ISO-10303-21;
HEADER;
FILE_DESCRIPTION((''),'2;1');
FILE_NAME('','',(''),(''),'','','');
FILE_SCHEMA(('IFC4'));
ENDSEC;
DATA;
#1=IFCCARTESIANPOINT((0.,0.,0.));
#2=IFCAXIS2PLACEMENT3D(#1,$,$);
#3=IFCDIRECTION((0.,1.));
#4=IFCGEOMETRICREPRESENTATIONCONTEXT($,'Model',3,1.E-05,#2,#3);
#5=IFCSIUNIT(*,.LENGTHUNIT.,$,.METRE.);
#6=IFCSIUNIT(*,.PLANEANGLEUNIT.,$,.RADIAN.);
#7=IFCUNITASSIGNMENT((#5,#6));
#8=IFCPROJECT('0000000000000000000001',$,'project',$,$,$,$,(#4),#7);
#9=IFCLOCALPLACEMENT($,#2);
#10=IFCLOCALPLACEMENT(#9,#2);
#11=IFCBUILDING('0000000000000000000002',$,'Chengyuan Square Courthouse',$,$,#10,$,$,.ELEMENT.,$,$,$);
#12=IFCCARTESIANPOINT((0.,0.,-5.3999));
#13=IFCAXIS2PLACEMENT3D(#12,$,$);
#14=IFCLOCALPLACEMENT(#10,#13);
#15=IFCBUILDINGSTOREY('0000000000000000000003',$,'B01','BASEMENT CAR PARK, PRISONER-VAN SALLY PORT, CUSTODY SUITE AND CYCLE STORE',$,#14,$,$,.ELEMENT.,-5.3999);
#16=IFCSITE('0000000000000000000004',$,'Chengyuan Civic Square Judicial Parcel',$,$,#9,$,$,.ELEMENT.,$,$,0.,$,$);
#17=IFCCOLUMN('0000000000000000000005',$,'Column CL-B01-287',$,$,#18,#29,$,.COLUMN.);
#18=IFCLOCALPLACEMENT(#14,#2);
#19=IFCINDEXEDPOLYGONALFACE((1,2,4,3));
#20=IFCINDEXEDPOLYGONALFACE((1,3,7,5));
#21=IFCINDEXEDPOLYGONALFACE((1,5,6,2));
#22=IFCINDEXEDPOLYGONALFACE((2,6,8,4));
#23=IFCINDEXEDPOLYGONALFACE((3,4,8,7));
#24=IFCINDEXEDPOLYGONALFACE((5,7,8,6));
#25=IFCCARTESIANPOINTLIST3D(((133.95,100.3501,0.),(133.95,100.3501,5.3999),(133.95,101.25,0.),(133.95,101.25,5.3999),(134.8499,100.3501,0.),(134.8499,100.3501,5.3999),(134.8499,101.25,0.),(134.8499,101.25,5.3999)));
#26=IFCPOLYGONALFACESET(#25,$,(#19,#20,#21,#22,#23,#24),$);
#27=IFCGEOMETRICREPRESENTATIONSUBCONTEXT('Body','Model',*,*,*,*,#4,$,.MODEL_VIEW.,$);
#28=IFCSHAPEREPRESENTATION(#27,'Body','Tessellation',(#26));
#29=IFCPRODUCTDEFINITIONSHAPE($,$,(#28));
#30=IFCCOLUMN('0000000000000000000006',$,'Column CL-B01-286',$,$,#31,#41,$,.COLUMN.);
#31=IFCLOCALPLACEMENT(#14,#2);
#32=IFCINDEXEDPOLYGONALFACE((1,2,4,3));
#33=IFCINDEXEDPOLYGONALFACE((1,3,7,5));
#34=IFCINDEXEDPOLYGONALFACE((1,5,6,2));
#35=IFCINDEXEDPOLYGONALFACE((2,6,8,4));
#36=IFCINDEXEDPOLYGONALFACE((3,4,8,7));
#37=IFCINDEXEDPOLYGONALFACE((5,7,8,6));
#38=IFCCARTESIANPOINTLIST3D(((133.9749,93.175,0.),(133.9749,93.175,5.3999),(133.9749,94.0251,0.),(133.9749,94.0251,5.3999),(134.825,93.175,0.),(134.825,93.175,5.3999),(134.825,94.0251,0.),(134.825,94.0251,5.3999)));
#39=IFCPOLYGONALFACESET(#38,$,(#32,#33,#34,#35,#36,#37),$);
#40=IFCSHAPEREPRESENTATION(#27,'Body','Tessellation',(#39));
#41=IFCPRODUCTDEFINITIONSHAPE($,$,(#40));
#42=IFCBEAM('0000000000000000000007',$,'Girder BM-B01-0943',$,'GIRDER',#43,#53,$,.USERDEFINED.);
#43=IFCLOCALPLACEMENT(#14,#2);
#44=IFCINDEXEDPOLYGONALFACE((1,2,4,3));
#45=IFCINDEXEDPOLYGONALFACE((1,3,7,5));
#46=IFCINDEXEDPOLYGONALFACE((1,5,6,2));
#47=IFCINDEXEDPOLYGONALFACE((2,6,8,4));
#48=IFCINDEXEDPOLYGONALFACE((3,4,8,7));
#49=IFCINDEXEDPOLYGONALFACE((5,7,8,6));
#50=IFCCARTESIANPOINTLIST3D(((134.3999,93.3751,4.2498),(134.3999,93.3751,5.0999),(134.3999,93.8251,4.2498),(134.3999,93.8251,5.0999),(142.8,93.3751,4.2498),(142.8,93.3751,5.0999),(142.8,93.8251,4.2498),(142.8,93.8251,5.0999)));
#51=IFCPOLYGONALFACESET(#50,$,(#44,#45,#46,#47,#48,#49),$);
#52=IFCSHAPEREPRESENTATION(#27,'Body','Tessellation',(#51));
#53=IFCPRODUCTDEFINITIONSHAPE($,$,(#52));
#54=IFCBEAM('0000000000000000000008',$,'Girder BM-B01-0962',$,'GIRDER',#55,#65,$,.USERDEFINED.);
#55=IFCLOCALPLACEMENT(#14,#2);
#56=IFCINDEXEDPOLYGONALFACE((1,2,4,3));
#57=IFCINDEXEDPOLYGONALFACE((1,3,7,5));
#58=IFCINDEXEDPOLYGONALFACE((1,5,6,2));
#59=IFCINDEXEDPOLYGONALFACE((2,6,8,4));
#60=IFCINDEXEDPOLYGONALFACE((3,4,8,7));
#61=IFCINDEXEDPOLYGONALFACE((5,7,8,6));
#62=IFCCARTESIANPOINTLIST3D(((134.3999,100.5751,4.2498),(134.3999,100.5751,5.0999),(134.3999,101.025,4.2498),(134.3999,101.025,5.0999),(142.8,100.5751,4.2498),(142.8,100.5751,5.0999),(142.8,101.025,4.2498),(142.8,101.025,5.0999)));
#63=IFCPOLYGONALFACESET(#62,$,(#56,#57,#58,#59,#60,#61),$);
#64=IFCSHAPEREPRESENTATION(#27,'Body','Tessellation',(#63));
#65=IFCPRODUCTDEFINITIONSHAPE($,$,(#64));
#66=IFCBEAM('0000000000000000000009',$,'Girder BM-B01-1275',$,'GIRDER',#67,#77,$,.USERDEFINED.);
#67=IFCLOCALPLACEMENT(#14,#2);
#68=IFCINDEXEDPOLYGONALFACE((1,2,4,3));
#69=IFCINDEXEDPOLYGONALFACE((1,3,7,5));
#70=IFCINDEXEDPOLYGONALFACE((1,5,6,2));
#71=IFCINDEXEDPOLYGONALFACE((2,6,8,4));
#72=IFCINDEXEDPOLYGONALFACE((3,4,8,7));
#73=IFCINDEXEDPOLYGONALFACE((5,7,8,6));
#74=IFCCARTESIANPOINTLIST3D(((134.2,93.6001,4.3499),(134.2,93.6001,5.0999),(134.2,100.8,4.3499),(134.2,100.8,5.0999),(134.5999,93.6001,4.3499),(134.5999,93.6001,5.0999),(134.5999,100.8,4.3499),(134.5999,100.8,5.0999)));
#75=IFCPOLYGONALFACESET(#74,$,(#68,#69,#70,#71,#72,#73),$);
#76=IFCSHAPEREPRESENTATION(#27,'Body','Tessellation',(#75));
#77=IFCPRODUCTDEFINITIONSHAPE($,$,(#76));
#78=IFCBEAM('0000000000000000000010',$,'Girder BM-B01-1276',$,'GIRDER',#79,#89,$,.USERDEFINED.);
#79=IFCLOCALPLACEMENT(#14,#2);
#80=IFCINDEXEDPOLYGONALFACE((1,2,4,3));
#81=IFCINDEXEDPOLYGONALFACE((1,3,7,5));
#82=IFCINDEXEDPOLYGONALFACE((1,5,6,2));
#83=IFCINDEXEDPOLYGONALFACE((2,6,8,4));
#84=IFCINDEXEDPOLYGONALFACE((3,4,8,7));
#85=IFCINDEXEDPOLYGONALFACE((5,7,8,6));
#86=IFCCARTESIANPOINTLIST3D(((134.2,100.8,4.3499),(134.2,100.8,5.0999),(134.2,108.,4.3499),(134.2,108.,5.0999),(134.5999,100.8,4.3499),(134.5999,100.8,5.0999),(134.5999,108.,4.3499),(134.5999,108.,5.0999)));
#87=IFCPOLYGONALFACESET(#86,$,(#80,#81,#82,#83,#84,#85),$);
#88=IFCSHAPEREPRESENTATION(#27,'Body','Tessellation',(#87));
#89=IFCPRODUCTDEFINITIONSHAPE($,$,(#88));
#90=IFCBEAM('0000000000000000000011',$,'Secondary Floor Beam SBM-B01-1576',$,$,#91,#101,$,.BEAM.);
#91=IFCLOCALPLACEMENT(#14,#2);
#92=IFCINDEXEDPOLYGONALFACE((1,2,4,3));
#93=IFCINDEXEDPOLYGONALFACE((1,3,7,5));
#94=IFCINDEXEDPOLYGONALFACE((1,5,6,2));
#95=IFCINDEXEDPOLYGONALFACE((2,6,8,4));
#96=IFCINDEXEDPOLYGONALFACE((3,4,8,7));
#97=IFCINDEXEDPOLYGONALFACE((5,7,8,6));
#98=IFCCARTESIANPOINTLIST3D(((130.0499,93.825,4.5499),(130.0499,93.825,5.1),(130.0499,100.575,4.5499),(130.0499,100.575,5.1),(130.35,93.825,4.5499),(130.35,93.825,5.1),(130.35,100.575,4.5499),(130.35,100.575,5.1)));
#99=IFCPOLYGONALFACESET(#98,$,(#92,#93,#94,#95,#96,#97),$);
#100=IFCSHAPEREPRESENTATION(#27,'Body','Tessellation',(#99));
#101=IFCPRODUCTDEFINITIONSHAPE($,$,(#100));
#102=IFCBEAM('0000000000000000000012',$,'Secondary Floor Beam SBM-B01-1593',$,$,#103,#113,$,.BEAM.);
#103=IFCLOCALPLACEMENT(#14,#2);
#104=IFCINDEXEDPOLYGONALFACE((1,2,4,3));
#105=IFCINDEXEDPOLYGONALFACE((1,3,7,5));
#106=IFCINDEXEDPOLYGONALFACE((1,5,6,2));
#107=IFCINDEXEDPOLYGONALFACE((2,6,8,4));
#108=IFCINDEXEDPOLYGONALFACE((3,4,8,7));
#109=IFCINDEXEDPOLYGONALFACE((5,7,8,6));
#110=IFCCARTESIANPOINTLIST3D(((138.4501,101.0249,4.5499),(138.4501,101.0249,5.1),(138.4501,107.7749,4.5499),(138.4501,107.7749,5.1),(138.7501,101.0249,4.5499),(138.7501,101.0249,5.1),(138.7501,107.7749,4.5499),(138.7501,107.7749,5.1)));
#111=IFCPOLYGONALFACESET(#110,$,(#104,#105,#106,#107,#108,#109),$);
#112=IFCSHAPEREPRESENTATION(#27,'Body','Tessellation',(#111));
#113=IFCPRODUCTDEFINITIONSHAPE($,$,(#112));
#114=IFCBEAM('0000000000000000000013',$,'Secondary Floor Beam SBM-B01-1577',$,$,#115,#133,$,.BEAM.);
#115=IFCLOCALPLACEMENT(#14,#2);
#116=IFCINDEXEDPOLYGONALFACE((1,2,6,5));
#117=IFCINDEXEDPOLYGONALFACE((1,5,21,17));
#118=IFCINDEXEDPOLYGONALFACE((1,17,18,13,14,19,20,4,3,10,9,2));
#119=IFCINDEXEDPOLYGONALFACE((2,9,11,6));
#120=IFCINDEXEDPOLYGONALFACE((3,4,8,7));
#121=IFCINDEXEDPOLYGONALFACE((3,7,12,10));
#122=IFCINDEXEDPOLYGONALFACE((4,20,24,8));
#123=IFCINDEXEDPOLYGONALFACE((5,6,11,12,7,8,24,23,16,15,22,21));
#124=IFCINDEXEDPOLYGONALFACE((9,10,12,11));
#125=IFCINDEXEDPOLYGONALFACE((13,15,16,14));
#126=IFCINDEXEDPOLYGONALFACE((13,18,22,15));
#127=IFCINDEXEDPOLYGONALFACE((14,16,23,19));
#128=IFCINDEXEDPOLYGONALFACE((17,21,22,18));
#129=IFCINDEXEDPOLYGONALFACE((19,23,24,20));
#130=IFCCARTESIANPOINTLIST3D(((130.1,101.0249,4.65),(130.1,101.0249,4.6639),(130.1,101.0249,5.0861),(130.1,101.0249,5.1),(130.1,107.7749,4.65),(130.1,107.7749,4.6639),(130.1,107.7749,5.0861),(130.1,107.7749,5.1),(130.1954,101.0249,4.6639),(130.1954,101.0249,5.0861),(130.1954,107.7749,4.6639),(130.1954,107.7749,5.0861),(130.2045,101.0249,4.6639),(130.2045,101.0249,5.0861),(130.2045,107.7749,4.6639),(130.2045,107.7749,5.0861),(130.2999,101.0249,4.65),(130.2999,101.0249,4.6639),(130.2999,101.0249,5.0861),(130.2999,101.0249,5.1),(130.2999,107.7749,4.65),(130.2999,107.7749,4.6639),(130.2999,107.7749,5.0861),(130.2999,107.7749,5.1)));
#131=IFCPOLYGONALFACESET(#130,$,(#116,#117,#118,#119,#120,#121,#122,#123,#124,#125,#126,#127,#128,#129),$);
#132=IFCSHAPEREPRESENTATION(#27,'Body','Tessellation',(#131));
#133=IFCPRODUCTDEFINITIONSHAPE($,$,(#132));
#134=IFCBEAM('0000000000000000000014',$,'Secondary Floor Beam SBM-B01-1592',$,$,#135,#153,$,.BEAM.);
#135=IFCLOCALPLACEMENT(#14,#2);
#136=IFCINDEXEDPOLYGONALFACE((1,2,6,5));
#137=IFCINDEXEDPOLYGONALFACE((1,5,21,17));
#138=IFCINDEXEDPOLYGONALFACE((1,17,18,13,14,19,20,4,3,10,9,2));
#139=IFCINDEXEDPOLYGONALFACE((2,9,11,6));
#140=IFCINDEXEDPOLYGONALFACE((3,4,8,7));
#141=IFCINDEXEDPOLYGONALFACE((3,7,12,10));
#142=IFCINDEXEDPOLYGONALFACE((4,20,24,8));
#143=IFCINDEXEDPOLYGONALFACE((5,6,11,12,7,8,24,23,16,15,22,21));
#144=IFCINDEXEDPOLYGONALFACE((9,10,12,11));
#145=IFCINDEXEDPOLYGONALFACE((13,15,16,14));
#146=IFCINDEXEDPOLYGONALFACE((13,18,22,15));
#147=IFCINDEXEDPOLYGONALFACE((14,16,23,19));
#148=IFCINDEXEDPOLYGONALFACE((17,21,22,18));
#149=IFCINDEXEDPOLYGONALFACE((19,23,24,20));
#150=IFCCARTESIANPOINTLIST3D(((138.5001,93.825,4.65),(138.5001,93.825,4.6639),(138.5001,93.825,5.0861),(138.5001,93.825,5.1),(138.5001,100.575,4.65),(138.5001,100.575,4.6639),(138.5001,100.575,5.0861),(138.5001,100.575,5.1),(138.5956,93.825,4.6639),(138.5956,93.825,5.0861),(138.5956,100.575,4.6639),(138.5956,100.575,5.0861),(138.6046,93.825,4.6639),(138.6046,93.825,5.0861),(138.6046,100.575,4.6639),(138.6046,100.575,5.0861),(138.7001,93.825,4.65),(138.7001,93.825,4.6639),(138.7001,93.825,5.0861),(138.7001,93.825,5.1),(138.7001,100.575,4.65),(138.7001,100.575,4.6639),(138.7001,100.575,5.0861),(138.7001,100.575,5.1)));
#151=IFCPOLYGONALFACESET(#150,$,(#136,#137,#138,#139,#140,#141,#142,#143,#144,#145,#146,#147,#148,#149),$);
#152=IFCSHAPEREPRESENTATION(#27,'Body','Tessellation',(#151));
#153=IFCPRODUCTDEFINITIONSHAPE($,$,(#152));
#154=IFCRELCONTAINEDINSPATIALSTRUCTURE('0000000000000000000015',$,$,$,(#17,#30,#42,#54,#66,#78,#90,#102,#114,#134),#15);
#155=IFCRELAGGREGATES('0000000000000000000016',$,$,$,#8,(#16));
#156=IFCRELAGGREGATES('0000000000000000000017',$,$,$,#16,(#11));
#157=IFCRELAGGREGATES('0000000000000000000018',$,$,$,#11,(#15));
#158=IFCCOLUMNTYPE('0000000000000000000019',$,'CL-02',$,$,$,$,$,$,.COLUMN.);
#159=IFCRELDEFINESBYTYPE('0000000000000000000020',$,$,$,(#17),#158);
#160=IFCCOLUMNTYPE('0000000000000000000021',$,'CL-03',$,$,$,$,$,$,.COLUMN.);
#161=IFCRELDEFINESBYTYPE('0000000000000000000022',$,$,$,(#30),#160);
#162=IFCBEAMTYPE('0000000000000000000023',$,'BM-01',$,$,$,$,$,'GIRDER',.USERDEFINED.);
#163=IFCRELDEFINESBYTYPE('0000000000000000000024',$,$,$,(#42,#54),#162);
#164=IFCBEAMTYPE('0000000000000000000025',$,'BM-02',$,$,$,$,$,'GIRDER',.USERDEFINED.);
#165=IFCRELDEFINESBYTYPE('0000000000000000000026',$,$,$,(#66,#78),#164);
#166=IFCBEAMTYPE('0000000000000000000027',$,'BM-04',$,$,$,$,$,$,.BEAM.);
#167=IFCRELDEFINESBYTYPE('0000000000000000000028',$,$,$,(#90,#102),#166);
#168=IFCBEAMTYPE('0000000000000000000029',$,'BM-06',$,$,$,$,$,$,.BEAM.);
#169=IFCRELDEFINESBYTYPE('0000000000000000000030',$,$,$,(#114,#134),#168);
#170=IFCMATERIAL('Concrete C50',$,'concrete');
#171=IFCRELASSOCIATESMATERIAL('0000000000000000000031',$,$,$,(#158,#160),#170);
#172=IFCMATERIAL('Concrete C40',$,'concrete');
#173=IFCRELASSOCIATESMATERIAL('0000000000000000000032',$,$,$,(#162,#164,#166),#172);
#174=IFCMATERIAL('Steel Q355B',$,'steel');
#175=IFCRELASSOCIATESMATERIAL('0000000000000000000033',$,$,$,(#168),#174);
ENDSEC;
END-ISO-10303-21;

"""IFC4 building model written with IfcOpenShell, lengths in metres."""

from ifc_helpers import new_model, si_unit, direction, frame, origin, origin_2d, place, context, subcontext, project, spatial, rectangle, i_section, extrude, material, material_profile, profile_set, type_object, element, save


model = new_model("IFC4")

# Units and contexts
model_context = context("Model", 3, precision=1e-05, world=origin(), true_north=direction((0.0, 1.0)))
body_context = subcontext(model_context, "Body", "Model", "MODEL_VIEW")
ifc_project = project(units=[si_unit("LENGTHUNIT", "METRE"), si_unit("PLANEANGLEUNIT", "RADIAN")], contexts=[model_context])

# Site, building, storey
site_placement = place(None, origin())
site = spatial("IfcSite", under=ifc_project, at=site_placement, Name="Chengyuan Civic Square Judicial Parcel", CompositionType="ELEMENT", RefElevation=0.0)
building_placement = place(site_placement, origin())
building = spatial("IfcBuilding", under=site, at=building_placement, Name="Chengyuan Square Courthouse", CompositionType="ELEMENT")
storey_placement = place(building_placement, frame((0.0, 0.0, -5.3999)))
storey = spatial("IfcBuildingStorey", under=building, at=storey_placement, Name="B01", Description="BASEMENT CAR PARK, PRISONER-VAN SALLY PORT, CUSTODY SUITE AND CYCLE STORE", CompositionType="ELEMENT", Elevation=-5.3999)

# Columns
ifc_material_1 = material(Name="Concrete C50", Category="concrete")
ifc_material_profile_1 = material_profile(ifc_material_1, rectangle(XDim=0.8999, YDim=0.8999, at=origin_2d()), Name="RC-COL-900x900")
ifc_profile_set_1 = profile_set([ifc_material_profile_1], Name="Concrete C50")
column_type_1 = type_object("IfcColumnType", Name="CL-02", PredefinedType="COLUMN", material=ifc_profile_set_1)
column_1_placement = place(storey_placement, frame((134.3999, 100.8, 0.0), z_axis=(0.0, 0.0, 1.0), x_axis=(1.0, 0.0, 0.0)))
element("IfcColumn", 1, at=column_1_placement, inside=storey, type_object=column_type_1, Name="Column CL-B01-287", PredefinedType="COLUMN", context=body_context, shape_type="SweptSolid", body=[
    extrude(rectangle(XDim=0.8999, YDim=0.8999, at=origin_2d()), origin(), (0.0, 0.0, 1.0), 5.3999),
])
ifc_material_profile_2 = material_profile(ifc_material_1, rectangle(XDim=0.8501, YDim=0.8501, at=origin_2d()), Name="RC-COL-850x850")
ifc_profile_set_2 = profile_set([ifc_material_profile_2], Name="Concrete C50")
column_type_2 = type_object("IfcColumnType", Name="CL-03", PredefinedType="COLUMN", material=ifc_profile_set_2)
column_2_placement = place(storey_placement, frame((134.3999, 93.6001, 0.0), z_axis=(0.0, 0.0, 1.0), x_axis=(1.0, 0.0, 0.0)))
element("IfcColumn", 2, at=column_2_placement, inside=storey, type_object=column_type_2, Name="Column CL-B01-286", PredefinedType="COLUMN", context=body_context, shape_type="SweptSolid", body=[
    extrude(rectangle(XDim=0.8501, YDim=0.8501, at=origin_2d()), origin(), (0.0, 0.0, 1.0), 5.3999),
])

# Beams
ifc_material_2 = material(Name="Concrete C40", Category="concrete")
ifc_material_profile_3 = material_profile(ifc_material_2, rectangle(XDim=0.45, YDim=0.8501, at=origin_2d()), Name="RC-BM-450x850")
ifc_profile_set_3 = profile_set([ifc_material_profile_3], Name="Concrete C40")
beam_type_1 = type_object("IfcBeamType", Name="BM-01", ElementType="GIRDER", PredefinedType="USERDEFINED", material=ifc_profile_set_3)
for number, where, z_axis, x_axis, name in (
    (3, (134.3999, 93.6001, 4.6748), (1.0, 0.0, 0.0), (0.0, 1.0, 0.0), "Girder BM-B01-0943"),
    (4, (134.3999, 100.8, 4.6748), (1.0, 0.0, 0.0), (0.0, 1.0, 0.0), "Girder BM-B01-0962"),
):
    element("IfcBeam", number, at=place(storey_placement, frame(where, z_axis=z_axis, x_axis=x_axis)), inside=storey, type_object=beam_type_1, Name=name, ObjectType="GIRDER", PredefinedType="USERDEFINED", context=body_context, shape_type="SweptSolid", body=[
        extrude(rectangle(XDim=0.45, YDim=0.8501, at=origin_2d()), origin(), (0.0, 0.0, 1.0), 8.4001),
    ])
ifc_material_profile_4 = material_profile(ifc_material_2, rectangle(XDim=0.3999, YDim=0.75, at=origin_2d()), Name="RC-BM-400x750")
ifc_profile_set_4 = profile_set([ifc_material_profile_4], Name="Concrete C40")
beam_type_2 = type_object("IfcBeamType", Name="BM-02", ElementType="GIRDER", PredefinedType="USERDEFINED", material=ifc_profile_set_4)
for number, where, z_axis, x_axis, name in (
    (5, (134.3999, 93.6001, 4.7249), (0.0, 1.0, 0.0), (-1.0, 0.0, 0.0), "Girder BM-B01-1275"),
    (6, (134.3999, 100.8, 4.7249), (0.0, 1.0, 0.0), (-1.0, 0.0, 0.0), "Girder BM-B01-1276"),
):
    element("IfcBeam", number, at=place(storey_placement, frame(where, z_axis=z_axis, x_axis=x_axis)), inside=storey, type_object=beam_type_2, Name=name, ObjectType="GIRDER", PredefinedType="USERDEFINED", context=body_context, shape_type="SweptSolid", body=[
        extrude(rectangle(XDim=0.3999, YDim=0.75, at=origin_2d()), origin(), (0.0, 0.0, 1.0), 7.2),
    ])
ifc_material_profile_5 = material_profile(ifc_material_2, rectangle(XDim=0.3, YDim=0.55, at=origin_2d()), Name="RC-BM-300x550")
ifc_profile_set_5 = profile_set([ifc_material_profile_5], Name="Concrete C40")
beam_type_3 = type_object("IfcBeamType", Name="BM-04", PredefinedType="BEAM", material=ifc_profile_set_5)
for number, where, z_axis, x_axis, name in (
    (7, (130.2, 93.825, 4.825), (0.0, 1.0, 0.0), (-1.0, 0.0, 0.0), "Secondary Floor Beam SBM-B01-1576"),
    (8, (138.6001, 101.0249, 4.825), (0.0, 1.0, 0.0), (-1.0, 0.0, 0.0), "Secondary Floor Beam SBM-B01-1593"),
):
    element("IfcBeam", number, at=place(storey_placement, frame(where, z_axis=z_axis, x_axis=x_axis)), inside=storey, type_object=beam_type_3, Name=name, PredefinedType="BEAM", context=body_context, shape_type="SweptSolid", body=[
        extrude(rectangle(XDim=0.3, YDim=0.55, at=origin_2d()), origin(), (0.0, 0.0, 1.0), 6.75),
    ])
ifc_material_3 = material(Name="Steel Q355B", Category="steel")
ifc_material_profile_6 = material_profile(ifc_material_3, i_section(OverallWidth=0.2, OverallDepth=0.45, WebThickness=0.009, FlangeThickness=0.0139, at=origin_2d()), Name="HN 450x200x9x14")
ifc_profile_set_6 = profile_set([ifc_material_profile_6], Name="Steel Q355B")
beam_type_4 = type_object("IfcBeamType", Name="BM-06", PredefinedType="BEAM", material=ifc_profile_set_6)
for number, where, z_axis, x_axis, name in (
    (9, (130.2, 101.0249, 4.875), (0.0, 1.0, 0.0), (-1.0, 0.0, 0.0), "Secondary Floor Beam SBM-B01-1577"),
    (10, (138.6001, 93.825, 4.875), (0.0, 1.0, 0.0), (-1.0, 0.0, 0.0), "Secondary Floor Beam SBM-B01-1592"),
):
    element("IfcBeam", number, at=place(storey_placement, frame(where, z_axis=z_axis, x_axis=x_axis)), inside=storey, type_object=beam_type_4, Name=name, PredefinedType="BEAM", context=body_context, shape_type="SweptSolid", body=[
        extrude(i_section(OverallWidth=0.2, OverallDepth=0.45, WebThickness=0.009, FlangeThickness=0.0139, at=origin_2d()), origin(), (0.0, 0.0, 1.0), 6.75),
    ])

save(model, "model.ifc")
